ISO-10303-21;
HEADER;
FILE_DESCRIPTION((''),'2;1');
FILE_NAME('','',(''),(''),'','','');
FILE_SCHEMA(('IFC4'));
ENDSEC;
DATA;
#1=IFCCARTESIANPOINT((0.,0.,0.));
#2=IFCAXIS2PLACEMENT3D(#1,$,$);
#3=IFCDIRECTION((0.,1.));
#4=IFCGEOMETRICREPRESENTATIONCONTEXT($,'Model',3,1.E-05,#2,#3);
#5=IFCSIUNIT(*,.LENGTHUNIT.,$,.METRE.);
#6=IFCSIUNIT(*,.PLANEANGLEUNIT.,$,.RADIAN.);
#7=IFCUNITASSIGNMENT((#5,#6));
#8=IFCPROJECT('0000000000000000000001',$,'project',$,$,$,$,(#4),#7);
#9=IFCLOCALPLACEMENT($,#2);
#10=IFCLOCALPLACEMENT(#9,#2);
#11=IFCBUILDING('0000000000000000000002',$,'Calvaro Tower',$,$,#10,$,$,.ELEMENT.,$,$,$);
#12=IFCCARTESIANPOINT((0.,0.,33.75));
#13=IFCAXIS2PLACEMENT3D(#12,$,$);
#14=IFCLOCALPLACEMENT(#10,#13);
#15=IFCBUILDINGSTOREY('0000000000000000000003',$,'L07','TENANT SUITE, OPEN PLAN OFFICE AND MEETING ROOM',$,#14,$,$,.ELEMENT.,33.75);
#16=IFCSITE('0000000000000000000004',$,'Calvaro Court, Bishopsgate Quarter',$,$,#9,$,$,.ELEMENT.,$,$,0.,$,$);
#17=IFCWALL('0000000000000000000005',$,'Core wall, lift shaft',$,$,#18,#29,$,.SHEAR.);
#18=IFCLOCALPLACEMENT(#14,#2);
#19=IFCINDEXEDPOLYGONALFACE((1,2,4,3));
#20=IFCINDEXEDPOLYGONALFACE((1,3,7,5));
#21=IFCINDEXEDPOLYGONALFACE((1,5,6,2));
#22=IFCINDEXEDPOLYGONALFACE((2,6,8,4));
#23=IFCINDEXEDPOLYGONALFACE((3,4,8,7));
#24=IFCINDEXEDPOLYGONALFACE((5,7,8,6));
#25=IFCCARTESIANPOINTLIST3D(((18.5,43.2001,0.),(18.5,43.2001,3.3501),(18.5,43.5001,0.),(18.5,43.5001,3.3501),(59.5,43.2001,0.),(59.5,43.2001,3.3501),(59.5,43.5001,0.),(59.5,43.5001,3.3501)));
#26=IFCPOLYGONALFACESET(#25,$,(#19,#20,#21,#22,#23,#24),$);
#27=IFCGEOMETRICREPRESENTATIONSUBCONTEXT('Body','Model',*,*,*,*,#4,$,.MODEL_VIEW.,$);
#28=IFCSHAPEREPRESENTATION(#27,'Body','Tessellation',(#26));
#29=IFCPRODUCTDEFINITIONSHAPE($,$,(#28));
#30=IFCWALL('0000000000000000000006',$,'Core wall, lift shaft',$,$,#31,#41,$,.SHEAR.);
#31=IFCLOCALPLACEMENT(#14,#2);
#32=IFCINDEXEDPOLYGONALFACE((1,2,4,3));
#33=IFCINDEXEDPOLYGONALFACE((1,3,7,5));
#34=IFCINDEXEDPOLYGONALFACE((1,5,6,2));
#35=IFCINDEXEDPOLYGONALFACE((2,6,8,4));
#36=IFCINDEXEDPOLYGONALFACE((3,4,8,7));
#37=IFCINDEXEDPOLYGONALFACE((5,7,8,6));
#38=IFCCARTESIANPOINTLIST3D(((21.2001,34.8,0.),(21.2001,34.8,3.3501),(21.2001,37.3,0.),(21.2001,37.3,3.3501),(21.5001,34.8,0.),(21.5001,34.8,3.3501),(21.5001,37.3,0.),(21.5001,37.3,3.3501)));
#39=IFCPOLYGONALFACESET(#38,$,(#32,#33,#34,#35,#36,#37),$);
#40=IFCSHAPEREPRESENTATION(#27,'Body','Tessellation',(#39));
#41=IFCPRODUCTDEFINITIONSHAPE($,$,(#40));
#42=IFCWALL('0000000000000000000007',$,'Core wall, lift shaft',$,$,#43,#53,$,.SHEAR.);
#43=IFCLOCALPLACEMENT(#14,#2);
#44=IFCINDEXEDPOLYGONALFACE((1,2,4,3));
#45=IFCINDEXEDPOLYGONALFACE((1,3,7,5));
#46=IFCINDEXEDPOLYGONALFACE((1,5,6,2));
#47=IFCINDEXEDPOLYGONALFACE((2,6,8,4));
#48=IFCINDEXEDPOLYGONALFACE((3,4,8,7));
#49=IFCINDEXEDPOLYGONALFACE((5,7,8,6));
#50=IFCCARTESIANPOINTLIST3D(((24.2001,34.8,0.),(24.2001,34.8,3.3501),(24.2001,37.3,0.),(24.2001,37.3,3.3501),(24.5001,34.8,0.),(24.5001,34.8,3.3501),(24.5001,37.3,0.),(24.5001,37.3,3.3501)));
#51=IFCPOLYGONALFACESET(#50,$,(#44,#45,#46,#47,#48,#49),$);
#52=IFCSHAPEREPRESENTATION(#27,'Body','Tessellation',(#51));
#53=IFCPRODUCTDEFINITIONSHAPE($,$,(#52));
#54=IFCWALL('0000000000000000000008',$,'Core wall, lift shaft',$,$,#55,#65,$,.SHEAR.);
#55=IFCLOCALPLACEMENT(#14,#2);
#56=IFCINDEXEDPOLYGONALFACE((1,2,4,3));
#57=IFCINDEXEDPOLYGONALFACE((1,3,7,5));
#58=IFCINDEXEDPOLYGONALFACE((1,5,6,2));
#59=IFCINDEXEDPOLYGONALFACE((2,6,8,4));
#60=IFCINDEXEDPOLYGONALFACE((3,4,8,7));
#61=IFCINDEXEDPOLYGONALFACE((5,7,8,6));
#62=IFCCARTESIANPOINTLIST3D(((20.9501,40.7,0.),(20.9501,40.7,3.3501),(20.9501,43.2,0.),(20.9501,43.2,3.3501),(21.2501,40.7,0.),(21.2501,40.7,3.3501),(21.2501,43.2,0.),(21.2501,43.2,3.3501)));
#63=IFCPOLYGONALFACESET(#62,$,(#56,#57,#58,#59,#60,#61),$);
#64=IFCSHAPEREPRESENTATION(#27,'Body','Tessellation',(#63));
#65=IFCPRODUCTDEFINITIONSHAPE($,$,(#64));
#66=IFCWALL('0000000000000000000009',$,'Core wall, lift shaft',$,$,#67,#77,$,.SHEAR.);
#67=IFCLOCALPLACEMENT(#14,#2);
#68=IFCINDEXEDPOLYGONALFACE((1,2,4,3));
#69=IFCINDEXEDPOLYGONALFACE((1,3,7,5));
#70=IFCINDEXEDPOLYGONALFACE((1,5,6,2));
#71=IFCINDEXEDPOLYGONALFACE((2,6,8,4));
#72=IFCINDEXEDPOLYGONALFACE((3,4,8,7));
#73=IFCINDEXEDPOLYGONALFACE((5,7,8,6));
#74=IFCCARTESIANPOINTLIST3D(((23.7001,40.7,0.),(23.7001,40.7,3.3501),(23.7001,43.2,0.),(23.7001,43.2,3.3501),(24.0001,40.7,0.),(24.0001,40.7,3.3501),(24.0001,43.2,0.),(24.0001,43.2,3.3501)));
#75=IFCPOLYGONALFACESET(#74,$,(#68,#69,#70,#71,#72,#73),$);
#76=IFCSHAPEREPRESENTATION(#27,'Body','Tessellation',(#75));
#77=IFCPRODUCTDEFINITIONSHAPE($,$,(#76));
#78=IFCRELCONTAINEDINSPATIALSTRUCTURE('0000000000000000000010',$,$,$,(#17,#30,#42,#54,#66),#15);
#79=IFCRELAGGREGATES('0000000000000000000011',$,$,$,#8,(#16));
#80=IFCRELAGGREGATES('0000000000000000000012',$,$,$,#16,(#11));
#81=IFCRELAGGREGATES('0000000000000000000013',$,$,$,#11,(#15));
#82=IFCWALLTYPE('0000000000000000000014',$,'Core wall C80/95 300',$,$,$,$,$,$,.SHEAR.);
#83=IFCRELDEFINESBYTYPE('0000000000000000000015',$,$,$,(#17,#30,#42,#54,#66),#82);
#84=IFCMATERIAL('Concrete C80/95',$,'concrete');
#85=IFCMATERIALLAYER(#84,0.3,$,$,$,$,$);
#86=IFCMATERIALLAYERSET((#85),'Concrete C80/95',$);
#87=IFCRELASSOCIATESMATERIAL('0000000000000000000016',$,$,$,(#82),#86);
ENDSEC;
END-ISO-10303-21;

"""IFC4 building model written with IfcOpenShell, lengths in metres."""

from ifc_helpers import new_model, si_unit, direction, frame, frame_2d, origin, place, context, subcontext, project, spatial, rectangle, extrude, material, layer, layer_set, type_object, element, save


model = new_model("IFC4")

# Units and contexts
model_context = context("Model", 3, precision=1e-05, world=origin(), true_north=direction((0.0, 1.0)))
body_context = subcontext(model_context, "Body", "Model", "MODEL_VIEW")
ifc_project = project(units=[si_unit("LENGTHUNIT", "METRE"), si_unit("PLANEANGLEUNIT", "RADIAN")], contexts=[model_context])

# Site, building, storey
site_placement = place(None, origin())
site = spatial("IfcSite", under=ifc_project, at=site_placement, Name="Calvaro Court, Bishopsgate Quarter", CompositionType="ELEMENT", RefElevation=0.0)
building_placement = place(site_placement, origin())
building = spatial("IfcBuilding", under=site, at=building_placement, Name="Calvaro Tower", CompositionType="ELEMENT")
storey_placement = place(building_placement, frame((0.0, 0.0, 33.75)))
storey = spatial("IfcBuildingStorey", under=building, at=storey_placement, Name="L07", Description="TENANT SUITE, OPEN PLAN OFFICE AND MEETING ROOM", CompositionType="ELEMENT", Elevation=33.75)

# Shared definitions
ifc_material_1 = material(Name="Concrete C80/95", Category="concrete")
ifc_layer_1 = layer(ifc_material_1, 0.3)
ifc_layer_set_1 = layer_set([ifc_layer_1], Name="Concrete C80/95")
wall_type_1 = type_object("IfcWallType", Name="Core wall C80/95 300", PredefinedType="SHEAR", material=ifc_layer_set_1)

# Walls
wall_1_placement = place(storey_placement, frame((18.5, 43.3501, 0.0), z_axis=(0.0, 0.0, 1.0), x_axis=(1.0, 0.0, 0.0)))
element("IfcWall", 1, at=wall_1_placement, inside=storey, type_object=wall_type_1, Name="Core wall, lift shaft", PredefinedType="SHEAR", context=body_context, shape_type="SweptSolid", body=[
    extrude(rectangle(XDim=41.0, YDim=0.3, at=frame_2d((20.5, 0.0))), origin(), (0.0, 0.0, 1.0), 3.3501),
])
for number, where, z_axis, x_axis, name in (
    (2, (21.3501, 34.8, 0.0), (0.0, 0.0, 1.0), (0.0, 1.0, 0.0), "Core wall, lift shaft"),
    (3, (24.3501, 34.8, 0.0), (0.0, 0.0, 1.0), (0.0, 1.0, 0.0), "Core wall, lift shaft"),
    (4, (21.1001, 40.7, 0.0), (0.0, 0.0, 1.0), (0.0, 1.0, 0.0), "Core wall, lift shaft"),
    (5, (23.8501, 40.7, 0.0), (0.0, 0.0, 1.0), (0.0, 1.0, 0.0), "Core wall, lift shaft"),
):
    element("IfcWall", number, at=place(storey_placement, frame(where, z_axis=z_axis, x_axis=x_axis)), inside=storey, type_object=wall_type_1, Name=name, PredefinedType="SHEAR", context=body_context, shape_type="SweptSolid", body=[
        extrude(rectangle(XDim=2.5, YDim=0.3, at=frame_2d((1.25, 0.0))), origin(), (0.0, 0.0, 1.0), 3.3501),
    ])

save(model, "model.ifc")
